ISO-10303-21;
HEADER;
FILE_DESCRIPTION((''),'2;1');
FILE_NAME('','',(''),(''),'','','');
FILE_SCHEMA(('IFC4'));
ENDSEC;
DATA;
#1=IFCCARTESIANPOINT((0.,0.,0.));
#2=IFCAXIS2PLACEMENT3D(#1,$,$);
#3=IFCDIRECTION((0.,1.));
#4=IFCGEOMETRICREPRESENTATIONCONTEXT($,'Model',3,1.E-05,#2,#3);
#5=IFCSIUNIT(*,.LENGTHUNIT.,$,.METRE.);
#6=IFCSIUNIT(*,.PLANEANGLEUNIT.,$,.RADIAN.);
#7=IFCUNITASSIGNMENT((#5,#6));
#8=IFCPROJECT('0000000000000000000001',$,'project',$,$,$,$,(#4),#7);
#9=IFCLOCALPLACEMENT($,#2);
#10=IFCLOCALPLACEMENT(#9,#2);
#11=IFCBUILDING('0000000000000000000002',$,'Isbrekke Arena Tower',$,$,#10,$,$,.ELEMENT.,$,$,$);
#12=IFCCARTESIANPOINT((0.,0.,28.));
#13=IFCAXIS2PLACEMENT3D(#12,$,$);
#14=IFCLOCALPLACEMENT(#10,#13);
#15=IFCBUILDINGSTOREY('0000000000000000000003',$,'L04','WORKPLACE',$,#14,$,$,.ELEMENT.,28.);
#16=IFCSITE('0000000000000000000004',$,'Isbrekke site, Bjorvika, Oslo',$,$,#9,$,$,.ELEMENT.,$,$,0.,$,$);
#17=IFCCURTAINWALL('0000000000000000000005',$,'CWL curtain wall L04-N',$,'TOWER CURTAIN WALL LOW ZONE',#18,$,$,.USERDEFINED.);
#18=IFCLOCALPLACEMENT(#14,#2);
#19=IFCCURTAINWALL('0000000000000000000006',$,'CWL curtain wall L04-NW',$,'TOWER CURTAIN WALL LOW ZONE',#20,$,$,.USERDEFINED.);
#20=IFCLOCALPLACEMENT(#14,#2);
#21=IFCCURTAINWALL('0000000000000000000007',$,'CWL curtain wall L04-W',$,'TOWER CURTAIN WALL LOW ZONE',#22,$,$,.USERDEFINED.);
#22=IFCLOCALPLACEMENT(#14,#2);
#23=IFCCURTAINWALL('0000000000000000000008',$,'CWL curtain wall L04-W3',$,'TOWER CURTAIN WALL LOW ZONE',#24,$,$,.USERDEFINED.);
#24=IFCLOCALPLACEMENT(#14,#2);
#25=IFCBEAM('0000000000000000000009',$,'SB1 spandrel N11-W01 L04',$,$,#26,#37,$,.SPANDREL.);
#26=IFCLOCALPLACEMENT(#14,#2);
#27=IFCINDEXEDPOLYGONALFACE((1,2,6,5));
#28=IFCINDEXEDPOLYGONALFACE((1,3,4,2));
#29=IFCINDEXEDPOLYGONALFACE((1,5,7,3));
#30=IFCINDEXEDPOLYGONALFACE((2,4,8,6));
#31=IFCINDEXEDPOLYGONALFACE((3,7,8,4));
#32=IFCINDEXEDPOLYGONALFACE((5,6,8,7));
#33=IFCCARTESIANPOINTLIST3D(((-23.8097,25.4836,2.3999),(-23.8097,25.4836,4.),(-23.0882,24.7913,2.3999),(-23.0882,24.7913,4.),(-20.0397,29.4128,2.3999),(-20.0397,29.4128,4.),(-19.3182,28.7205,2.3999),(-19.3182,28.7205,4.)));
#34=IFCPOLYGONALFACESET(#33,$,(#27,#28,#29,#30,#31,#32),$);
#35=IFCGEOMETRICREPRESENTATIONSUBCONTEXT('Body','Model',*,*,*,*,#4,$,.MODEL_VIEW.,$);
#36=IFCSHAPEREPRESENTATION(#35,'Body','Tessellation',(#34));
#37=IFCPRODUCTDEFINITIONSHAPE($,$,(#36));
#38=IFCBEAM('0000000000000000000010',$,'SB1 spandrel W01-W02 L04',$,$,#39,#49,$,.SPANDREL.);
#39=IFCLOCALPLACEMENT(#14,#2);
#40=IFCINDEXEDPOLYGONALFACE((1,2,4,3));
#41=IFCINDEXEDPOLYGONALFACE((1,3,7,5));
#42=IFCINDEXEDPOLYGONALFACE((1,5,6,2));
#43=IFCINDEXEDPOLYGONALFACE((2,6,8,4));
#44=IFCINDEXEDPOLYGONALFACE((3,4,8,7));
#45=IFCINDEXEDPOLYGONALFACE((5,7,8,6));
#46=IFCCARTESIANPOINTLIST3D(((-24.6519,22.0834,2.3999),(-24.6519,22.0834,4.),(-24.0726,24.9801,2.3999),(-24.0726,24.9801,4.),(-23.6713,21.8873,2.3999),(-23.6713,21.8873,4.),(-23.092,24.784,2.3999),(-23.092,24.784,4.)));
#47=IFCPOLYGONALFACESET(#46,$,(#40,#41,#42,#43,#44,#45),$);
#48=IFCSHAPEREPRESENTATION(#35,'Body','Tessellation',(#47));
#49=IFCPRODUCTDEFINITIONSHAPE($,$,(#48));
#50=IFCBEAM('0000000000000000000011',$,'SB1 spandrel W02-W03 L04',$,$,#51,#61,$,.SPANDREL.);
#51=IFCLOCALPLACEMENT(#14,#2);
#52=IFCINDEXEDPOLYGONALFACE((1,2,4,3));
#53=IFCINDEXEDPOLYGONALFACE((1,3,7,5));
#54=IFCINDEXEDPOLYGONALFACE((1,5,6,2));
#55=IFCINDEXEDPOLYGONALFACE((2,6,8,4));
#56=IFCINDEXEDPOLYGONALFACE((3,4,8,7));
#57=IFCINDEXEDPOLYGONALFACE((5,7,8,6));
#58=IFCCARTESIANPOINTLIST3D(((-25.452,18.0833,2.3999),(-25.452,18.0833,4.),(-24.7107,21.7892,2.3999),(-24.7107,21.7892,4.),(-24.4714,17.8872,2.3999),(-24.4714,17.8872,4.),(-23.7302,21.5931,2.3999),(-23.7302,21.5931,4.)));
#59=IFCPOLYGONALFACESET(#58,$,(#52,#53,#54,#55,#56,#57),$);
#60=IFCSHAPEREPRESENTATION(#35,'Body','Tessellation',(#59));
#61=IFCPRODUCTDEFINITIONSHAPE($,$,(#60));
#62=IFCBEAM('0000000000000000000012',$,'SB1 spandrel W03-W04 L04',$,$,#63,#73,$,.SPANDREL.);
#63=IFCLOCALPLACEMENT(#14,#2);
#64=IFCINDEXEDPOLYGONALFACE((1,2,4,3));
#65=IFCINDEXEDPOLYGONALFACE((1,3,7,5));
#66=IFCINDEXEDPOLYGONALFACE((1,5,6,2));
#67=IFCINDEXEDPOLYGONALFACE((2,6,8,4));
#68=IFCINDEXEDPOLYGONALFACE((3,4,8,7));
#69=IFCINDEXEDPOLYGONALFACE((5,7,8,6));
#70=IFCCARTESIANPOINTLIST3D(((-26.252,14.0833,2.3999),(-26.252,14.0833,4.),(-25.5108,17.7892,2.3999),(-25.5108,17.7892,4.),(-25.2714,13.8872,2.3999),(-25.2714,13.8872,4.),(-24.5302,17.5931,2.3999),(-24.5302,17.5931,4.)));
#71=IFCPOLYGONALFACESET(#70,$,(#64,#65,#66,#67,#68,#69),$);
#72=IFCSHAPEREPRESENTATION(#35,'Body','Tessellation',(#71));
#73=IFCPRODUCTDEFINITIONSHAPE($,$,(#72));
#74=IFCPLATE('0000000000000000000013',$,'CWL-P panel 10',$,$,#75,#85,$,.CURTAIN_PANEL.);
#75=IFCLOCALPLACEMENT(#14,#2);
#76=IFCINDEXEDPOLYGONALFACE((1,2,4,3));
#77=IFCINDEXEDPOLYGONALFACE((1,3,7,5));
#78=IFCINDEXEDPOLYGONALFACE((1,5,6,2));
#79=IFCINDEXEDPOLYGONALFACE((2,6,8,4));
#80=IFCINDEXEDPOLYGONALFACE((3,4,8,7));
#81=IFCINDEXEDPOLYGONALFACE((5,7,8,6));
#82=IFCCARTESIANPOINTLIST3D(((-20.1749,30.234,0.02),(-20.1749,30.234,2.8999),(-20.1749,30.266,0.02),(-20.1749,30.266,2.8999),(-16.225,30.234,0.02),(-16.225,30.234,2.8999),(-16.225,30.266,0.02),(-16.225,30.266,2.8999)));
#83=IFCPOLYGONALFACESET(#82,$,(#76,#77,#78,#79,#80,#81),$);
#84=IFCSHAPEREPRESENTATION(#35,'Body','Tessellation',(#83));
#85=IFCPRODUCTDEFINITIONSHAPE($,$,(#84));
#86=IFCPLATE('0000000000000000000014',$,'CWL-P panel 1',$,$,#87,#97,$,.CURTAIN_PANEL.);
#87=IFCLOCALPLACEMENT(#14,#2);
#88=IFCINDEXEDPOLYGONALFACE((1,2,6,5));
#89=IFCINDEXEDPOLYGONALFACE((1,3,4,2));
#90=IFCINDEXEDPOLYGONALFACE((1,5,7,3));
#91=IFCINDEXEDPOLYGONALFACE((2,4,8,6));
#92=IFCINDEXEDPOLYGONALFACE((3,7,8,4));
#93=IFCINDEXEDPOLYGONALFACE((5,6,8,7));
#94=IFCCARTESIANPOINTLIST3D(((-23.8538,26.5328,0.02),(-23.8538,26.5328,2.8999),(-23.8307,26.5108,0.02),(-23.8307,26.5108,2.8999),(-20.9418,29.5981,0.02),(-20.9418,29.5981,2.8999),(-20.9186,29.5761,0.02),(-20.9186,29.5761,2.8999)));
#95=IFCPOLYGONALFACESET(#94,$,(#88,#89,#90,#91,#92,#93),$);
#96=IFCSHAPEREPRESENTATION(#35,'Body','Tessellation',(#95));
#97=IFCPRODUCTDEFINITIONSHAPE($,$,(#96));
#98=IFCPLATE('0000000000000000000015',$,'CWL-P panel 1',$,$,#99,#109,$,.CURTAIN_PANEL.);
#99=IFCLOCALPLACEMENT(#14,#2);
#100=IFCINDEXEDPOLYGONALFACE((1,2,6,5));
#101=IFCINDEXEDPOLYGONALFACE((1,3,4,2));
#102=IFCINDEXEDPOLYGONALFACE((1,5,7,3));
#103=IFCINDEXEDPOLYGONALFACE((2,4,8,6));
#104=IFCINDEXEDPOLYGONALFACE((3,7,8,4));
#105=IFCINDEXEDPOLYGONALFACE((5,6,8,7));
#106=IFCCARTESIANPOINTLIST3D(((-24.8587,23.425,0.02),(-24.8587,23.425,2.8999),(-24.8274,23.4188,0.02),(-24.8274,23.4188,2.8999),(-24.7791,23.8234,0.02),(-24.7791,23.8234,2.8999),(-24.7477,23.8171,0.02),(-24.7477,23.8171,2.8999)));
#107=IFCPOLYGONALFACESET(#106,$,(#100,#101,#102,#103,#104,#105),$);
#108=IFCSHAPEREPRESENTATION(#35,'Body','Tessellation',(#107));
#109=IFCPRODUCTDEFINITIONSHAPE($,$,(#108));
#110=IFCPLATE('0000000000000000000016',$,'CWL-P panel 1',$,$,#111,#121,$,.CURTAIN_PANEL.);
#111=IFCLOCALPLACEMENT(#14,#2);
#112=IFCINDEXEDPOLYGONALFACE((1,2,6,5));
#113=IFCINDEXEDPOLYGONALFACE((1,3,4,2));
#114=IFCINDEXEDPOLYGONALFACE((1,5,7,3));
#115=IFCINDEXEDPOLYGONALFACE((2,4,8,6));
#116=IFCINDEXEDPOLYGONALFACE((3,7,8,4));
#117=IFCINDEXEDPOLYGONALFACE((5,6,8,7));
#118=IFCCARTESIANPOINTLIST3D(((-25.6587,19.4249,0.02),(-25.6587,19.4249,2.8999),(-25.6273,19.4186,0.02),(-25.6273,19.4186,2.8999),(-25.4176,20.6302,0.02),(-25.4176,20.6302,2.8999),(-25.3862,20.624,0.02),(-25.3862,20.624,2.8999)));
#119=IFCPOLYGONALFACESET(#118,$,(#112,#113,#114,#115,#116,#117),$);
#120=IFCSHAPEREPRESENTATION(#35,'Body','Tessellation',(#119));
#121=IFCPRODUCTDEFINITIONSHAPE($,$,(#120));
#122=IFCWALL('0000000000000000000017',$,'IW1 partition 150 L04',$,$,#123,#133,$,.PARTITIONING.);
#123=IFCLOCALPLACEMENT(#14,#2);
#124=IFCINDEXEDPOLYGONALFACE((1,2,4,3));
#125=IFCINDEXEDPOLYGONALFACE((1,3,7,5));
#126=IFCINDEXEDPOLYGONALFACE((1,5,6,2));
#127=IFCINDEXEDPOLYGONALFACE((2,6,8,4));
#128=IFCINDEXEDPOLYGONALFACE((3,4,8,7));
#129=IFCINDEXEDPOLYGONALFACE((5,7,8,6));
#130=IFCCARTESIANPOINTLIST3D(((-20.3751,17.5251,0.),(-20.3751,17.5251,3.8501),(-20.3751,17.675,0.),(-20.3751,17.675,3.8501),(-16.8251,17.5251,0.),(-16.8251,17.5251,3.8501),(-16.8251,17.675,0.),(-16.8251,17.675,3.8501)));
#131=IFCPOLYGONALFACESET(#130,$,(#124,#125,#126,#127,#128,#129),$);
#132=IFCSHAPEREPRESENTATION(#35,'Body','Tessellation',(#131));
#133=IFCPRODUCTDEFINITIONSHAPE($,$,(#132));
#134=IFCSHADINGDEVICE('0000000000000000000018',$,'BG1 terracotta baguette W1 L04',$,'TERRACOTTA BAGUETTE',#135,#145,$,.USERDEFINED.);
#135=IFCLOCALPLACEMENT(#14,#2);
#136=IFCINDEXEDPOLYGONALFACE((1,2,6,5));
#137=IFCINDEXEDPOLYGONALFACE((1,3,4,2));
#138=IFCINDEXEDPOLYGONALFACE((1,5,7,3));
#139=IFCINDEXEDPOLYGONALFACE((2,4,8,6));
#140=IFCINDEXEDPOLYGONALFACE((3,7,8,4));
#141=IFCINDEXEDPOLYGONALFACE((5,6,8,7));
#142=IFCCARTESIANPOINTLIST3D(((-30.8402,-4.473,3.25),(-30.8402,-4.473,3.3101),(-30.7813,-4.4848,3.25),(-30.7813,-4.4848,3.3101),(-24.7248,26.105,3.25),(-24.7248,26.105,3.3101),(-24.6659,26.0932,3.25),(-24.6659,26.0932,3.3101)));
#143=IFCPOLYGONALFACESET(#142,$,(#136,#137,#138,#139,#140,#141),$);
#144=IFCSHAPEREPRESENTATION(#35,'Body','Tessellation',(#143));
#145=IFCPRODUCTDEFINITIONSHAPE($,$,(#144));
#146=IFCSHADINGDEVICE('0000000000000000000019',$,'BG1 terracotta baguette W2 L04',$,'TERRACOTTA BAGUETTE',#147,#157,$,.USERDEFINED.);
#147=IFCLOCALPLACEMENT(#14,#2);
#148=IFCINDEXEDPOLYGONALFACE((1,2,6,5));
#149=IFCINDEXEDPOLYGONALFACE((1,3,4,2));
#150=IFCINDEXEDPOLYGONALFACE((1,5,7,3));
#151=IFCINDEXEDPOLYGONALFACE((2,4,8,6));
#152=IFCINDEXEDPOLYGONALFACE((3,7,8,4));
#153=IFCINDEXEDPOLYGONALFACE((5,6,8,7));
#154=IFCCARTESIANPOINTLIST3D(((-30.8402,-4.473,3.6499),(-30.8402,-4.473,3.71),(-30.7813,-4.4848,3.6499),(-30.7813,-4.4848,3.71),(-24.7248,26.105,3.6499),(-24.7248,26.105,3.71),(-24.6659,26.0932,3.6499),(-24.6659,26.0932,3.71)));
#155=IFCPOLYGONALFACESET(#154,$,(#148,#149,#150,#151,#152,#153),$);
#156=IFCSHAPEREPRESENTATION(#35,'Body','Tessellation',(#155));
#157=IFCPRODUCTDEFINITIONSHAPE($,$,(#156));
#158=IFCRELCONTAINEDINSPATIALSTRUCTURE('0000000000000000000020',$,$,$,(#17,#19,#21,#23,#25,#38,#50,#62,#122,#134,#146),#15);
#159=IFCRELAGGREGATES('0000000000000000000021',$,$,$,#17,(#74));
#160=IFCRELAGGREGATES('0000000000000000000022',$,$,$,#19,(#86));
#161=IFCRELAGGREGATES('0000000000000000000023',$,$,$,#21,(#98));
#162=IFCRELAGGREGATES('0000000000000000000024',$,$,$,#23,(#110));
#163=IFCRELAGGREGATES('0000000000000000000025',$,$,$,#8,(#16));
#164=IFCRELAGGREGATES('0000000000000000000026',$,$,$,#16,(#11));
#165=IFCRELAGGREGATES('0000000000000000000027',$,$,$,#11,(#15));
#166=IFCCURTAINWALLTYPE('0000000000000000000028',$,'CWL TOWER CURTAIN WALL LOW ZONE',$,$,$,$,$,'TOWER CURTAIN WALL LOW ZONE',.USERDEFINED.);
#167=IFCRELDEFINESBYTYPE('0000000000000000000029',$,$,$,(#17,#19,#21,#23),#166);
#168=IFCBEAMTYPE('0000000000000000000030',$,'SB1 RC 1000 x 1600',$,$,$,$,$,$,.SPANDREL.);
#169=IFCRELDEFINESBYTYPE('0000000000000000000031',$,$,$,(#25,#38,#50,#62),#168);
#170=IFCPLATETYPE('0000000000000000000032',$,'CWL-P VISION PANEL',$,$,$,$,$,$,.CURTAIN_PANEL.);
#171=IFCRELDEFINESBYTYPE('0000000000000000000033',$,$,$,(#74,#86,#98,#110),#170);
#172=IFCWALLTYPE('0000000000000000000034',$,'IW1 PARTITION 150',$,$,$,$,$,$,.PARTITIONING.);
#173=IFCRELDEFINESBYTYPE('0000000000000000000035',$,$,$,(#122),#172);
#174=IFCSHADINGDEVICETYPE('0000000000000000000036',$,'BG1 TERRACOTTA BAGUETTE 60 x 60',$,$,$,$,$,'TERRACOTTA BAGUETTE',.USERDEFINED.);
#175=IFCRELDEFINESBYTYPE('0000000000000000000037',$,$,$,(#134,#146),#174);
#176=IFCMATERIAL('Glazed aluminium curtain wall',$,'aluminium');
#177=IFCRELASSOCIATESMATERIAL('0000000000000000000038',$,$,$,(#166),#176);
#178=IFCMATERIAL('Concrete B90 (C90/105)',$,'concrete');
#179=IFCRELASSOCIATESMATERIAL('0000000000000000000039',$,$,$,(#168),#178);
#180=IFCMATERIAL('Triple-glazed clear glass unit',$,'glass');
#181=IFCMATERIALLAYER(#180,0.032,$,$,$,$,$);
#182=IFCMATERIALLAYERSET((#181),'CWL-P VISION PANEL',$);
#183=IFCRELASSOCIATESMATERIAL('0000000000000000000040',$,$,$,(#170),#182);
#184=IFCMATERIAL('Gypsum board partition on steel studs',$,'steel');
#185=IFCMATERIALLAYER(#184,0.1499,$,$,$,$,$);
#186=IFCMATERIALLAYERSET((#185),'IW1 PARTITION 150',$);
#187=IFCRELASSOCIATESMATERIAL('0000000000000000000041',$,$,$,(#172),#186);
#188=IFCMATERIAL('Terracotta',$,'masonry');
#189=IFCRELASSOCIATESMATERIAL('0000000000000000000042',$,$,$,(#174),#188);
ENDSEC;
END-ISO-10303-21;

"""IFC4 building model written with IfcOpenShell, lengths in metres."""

from ifc_helpers import new_model, si_unit, direction, frame, frame_2d, origin, origin_2d, place, context, subcontext, project, spatial, rectangle, extrude, material, layer, layer_set, material_profile, profile_set, type_object, element, aggregate, save


model = new_model("IFC4")

# Units and contexts
model_context = context("Model", 3, precision=1e-05, world=origin(), true_north=direction((0.0, 1.0)))
body_context = subcontext(model_context, "Body", "Model", "MODEL_VIEW")
ifc_project = project(units=[si_unit("LENGTHUNIT", "METRE"), si_unit("PLANEANGLEUNIT", "RADIAN")], contexts=[model_context])

# Site, building, storey
site_placement = place(None, origin())
site = spatial("IfcSite", under=ifc_project, at=site_placement, Name="Isbrekke site, Bjorvika, Oslo", CompositionType="ELEMENT", RefElevation=0.0)
building_placement = place(site_placement, origin())
building = spatial("IfcBuilding", under=site, at=building_placement, Name="Isbrekke Arena Tower", CompositionType="ELEMENT")
storey_placement = place(building_placement, frame((0.0, 0.0, 28.0)))
storey = spatial("IfcBuildingStorey", under=building, at=storey_placement, Name="L04", Description="WORKPLACE", CompositionType="ELEMENT", Elevation=28.0)

# Curtain wall
ifc_material_1 = material(Name="Glazed aluminium curtain wall", Category="aluminium")
curtain_wall_type = type_object("IfcCurtainWallType", Name="CWL TOWER CURTAIN WALL LOW ZONE", ElementType="TOWER CURTAIN WALL LOW ZONE", PredefinedType="USERDEFINED", material=ifc_material_1)
curtain_wall_1_placement = place(storey_placement, origin())
curtain_wall_1 = element("IfcCurtainWall", 1, at=curtain_wall_1_placement, inside=storey, type_object=curtain_wall_type, Name="CWL curtain wall L04-N", ObjectType="TOWER CURTAIN WALL LOW ZONE", PredefinedType="USERDEFINED")

# Curtain walls
curtain_wall_2_placement = place(storey_placement, origin())
curtain_wall_2 = element("IfcCurtainWall", 2, at=curtain_wall_2_placement, inside=storey, type_object=curtain_wall_type, Name="CWL curtain wall L04-NW", ObjectType="TOWER CURTAIN WALL LOW ZONE", PredefinedType="USERDEFINED")
curtain_wall_3_placement = place(storey_placement, origin())
curtain_wall_3 = element("IfcCurtainWall", 3, at=curtain_wall_3_placement, inside=storey, type_object=curtain_wall_type, Name="CWL curtain wall L04-W", ObjectType="TOWER CURTAIN WALL LOW ZONE", PredefinedType="USERDEFINED")
curtain_wall_4_placement = place(storey_placement, origin())
curtain_wall_4 = element("IfcCurtainWall", 4, at=curtain_wall_4_placement, inside=storey, type_object=curtain_wall_type, Name="CWL curtain wall L04-W3", ObjectType="TOWER CURTAIN WALL LOW ZONE", PredefinedType="USERDEFINED")

# Beams
ifc_material_2 = material(Name="Concrete B90 (C90/105)", Category="concrete")
ifc_material_profile_1 = material_profile(ifc_material_2, rectangle(XDim=1.0, YDim=1.6001, at=origin_2d()), Name="RC 1000x1600")
ifc_profile_set_1 = profile_set([ifc_material_profile_1], Name="Concrete B90 (C90/105)")
beam_type_1 = type_object("IfcBeamType", Name="SB1 RC 1000 x 1600", PredefinedType="SPANDREL", material=ifc_profile_set_1)
beam_1_placement = place(storey_placement, frame((-19.679, 29.0667, 3.2), z_axis=(-0.69234, -0.721572, 0.0), x_axis=(0.721572, -0.69234, 0.0)))
element("IfcBeam", 5, at=beam_1_placement, inside=storey, type_object=beam_type_1, Name="SB1 spandrel N11-W01 L04", PredefinedType="SPANDREL", context=body_context, shape_type="SweptSolid", body=[
    extrude(rectangle(XDim=1.0, YDim=1.6001, at=origin_2d()), origin(), (0.0, 0.0, 1.0), 5.4453),
])
beam_2_placement = place(storey_placement, frame((-23.5823, 24.8821, 3.2), z_axis=(-0.196116, -0.980581, 0.0), x_axis=(0.980581, -0.196116, 0.0)))
element("IfcBeam", 6, at=beam_2_placement, inside=storey, type_object=beam_type_1, Name="SB1 spandrel W01-W02 L04", PredefinedType="SPANDREL", context=body_context, shape_type="SweptSolid", body=[
    extrude(rectangle(XDim=1.0, YDim=1.6001, at=origin_2d()), origin(), (0.0, 0.0, 1.0), 2.9541),
])
for number, where, z_axis, x_axis, name in (
    (7, (-24.2205, 21.6912, 3.2), (-0.196129, -0.980578, 0.0), (0.980578, -0.196129, 0.0), "SB1 spandrel W02-W03 L04"),
    (8, (-25.0205, 17.6912, 3.2), (-0.196129, -0.980578, 0.0), (0.980578, -0.196129, 0.0), "SB1 spandrel W03-W04 L04"),
):
    element("IfcBeam", number, at=place(storey_placement, frame(where, z_axis=z_axis, x_axis=x_axis)), inside=storey, type_object=beam_type_1, Name=name, PredefinedType="SPANDREL", context=body_context, shape_type="SweptSolid", body=[
        extrude(rectangle(XDim=1.0, YDim=1.6001, at=origin_2d()), origin(), (0.0, 0.0, 1.0), 3.7793),
    ])

# Plates
ifc_material_3 = material(Name="Triple-glazed clear glass unit", Category="glass")
ifc_layer_1 = layer(ifc_material_3, 0.032)
ifc_layer_set_1 = layer_set([ifc_layer_1], Name="CWL-P VISION PANEL")
plate_type = type_object("IfcPlateType", Name="CWL-P VISION PANEL", PredefinedType="CURTAIN_PANEL", material=ifc_layer_set_1)
plate_1_placement = place(storey_placement, frame((-18.2, 30.25, 0.02), z_axis=(0.0, 0.0, 1.0), x_axis=(-1.0, 0.0, 0.0)))
plate_1 = element("IfcPlate", 9, at=plate_1_placement, type_object=plate_type, Name="CWL-P panel 10", PredefinedType="CURTAIN_PANEL", context=body_context, shape_type="SweptSolid", body=[
    extrude(rectangle(XDim=3.95, YDim=0.032, at=origin_2d()), origin(), (0.0, 0.0, 1.0), 2.8799),
])
aggregate(curtain_wall_1, [plate_1])
plate_2_placement = place(storey_placement, frame((-22.3862, 28.0544, 0.02), z_axis=(0.0, 0.0, 1.0), x_axis=(-0.688749, -0.724999, 0.0)))
plate_2 = element("IfcPlate", 10, at=plate_2_placement, type_object=plate_type, Name="CWL-P panel 1", PredefinedType="CURTAIN_PANEL", context=body_context, shape_type="SweptSolid", body=[
    extrude(rectangle(XDim=4.228, YDim=0.032, at=origin_2d()), origin(), (0.0, 0.0, 1.0), 2.8799),
])
aggregate(curtain_wall_2, [plate_2])
plate_3_placement = place(storey_placement, frame((-24.8032, 23.6211, 0.02), z_axis=(0.0, 0.0, 1.0), x_axis=(-0.196116, -0.980581, 0.0)))
plate_3 = element("IfcPlate", 11, at=plate_3_placement, type_object=plate_type, Name="CWL-P panel 1", PredefinedType="CURTAIN_PANEL", context=body_context, shape_type="SweptSolid", body=[
    extrude(rectangle(XDim=0.4062, YDim=0.032, at=origin_2d()), origin(), (0.0, 0.0, 1.0), 2.8799),
])
aggregate(curtain_wall_3, [plate_3])
plate_4_placement = place(storey_placement, frame((-25.5225, 20.0244, 0.02), z_axis=(0.0, 0.0, 1.0), x_axis=(-0.196116, -0.980581, 0.0)))
plate_4 = element("IfcPlate", 12, at=plate_4_placement, type_object=plate_type, Name="CWL-P panel 1", PredefinedType="CURTAIN_PANEL", context=body_context, shape_type="SweptSolid", body=[
    extrude(rectangle(XDim=1.2292, YDim=0.032, at=origin_2d()), origin(), (0.0, 0.0, 1.0), 2.8799),
])
aggregate(curtain_wall_4, [plate_4])

# Wall
ifc_material_4 = material(Name="Gypsum board partition on steel studs", Category="steel")
ifc_layer_2 = layer(ifc_material_4, 0.1499)
ifc_layer_set_2 = layer_set([ifc_layer_2], Name="IW1 PARTITION 150")
wall_type = type_object("IfcWallType", Name="IW1 PARTITION 150", PredefinedType="PARTITIONING", material=ifc_layer_set_2)
wall_placement = place(storey_placement, frame((-20.375, 17.6001, 0.0), z_axis=(0.0, 0.0, 1.0), x_axis=(1.0, 0.0, 0.0)))
element("IfcWall", 13, at=wall_placement, inside=storey, type_object=wall_type, Name="IW1 partition 150 L04", PredefinedType="PARTITIONING", context=body_context, shape_type="SweptSolid", body=[
    extrude(rectangle(XDim=3.55, YDim=0.1499, at=frame_2d((1.7749, 0.0))), origin(), (0.0, 0.0, 1.0), 3.8501),
])

# Shading devices
ifc_material_5 = material(Name="Terracotta", Category="masonry")
ifc_material_profile_2 = material_profile(ifc_material_5, rectangle(XDim=0.0601, YDim=0.0601, at=origin_2d()), Name="BAGUETTE 60X60")
ifc_profile_set_2 = profile_set([ifc_material_profile_2], Name="Terracotta")
shading_device_type = type_object("IfcShadingDeviceType", Name="BG1 TERRACOTTA BAGUETTE 60 x 60", ElementType="TERRACOTTA BAGUETTE", PredefinedType="USERDEFINED", material=ifc_profile_set_2)
for number, where, z_axis, x_axis, name in (
    (14, (-24.6953, 26.0991, 3.28), (-0.196112, -0.980582, 0.0), (0.980582, -0.196112, 0.0), "BG1 terracotta baguette W1 L04"),
    (15, (-24.6953, 26.0991, 3.6799), (-0.196112, -0.980582, 0.0), (0.980582, -0.196112, 0.0), "BG1 terracotta baguette W2 L04"),
):
    element("IfcShadingDevice", number, at=place(storey_placement, frame(where, z_axis=z_axis, x_axis=x_axis)), inside=storey, type_object=shading_device_type, Name=name, ObjectType="TERRACOTTA BAGUETTE", PredefinedType="USERDEFINED", context=body_context, shape_type="SweptSolid", body=[
        extrude(rectangle(XDim=0.0601, YDim=0.0601, at=origin_2d()), origin(), (0.0, 0.0, 1.0), 31.1836),
    ])

save(model, "model.ifc")
